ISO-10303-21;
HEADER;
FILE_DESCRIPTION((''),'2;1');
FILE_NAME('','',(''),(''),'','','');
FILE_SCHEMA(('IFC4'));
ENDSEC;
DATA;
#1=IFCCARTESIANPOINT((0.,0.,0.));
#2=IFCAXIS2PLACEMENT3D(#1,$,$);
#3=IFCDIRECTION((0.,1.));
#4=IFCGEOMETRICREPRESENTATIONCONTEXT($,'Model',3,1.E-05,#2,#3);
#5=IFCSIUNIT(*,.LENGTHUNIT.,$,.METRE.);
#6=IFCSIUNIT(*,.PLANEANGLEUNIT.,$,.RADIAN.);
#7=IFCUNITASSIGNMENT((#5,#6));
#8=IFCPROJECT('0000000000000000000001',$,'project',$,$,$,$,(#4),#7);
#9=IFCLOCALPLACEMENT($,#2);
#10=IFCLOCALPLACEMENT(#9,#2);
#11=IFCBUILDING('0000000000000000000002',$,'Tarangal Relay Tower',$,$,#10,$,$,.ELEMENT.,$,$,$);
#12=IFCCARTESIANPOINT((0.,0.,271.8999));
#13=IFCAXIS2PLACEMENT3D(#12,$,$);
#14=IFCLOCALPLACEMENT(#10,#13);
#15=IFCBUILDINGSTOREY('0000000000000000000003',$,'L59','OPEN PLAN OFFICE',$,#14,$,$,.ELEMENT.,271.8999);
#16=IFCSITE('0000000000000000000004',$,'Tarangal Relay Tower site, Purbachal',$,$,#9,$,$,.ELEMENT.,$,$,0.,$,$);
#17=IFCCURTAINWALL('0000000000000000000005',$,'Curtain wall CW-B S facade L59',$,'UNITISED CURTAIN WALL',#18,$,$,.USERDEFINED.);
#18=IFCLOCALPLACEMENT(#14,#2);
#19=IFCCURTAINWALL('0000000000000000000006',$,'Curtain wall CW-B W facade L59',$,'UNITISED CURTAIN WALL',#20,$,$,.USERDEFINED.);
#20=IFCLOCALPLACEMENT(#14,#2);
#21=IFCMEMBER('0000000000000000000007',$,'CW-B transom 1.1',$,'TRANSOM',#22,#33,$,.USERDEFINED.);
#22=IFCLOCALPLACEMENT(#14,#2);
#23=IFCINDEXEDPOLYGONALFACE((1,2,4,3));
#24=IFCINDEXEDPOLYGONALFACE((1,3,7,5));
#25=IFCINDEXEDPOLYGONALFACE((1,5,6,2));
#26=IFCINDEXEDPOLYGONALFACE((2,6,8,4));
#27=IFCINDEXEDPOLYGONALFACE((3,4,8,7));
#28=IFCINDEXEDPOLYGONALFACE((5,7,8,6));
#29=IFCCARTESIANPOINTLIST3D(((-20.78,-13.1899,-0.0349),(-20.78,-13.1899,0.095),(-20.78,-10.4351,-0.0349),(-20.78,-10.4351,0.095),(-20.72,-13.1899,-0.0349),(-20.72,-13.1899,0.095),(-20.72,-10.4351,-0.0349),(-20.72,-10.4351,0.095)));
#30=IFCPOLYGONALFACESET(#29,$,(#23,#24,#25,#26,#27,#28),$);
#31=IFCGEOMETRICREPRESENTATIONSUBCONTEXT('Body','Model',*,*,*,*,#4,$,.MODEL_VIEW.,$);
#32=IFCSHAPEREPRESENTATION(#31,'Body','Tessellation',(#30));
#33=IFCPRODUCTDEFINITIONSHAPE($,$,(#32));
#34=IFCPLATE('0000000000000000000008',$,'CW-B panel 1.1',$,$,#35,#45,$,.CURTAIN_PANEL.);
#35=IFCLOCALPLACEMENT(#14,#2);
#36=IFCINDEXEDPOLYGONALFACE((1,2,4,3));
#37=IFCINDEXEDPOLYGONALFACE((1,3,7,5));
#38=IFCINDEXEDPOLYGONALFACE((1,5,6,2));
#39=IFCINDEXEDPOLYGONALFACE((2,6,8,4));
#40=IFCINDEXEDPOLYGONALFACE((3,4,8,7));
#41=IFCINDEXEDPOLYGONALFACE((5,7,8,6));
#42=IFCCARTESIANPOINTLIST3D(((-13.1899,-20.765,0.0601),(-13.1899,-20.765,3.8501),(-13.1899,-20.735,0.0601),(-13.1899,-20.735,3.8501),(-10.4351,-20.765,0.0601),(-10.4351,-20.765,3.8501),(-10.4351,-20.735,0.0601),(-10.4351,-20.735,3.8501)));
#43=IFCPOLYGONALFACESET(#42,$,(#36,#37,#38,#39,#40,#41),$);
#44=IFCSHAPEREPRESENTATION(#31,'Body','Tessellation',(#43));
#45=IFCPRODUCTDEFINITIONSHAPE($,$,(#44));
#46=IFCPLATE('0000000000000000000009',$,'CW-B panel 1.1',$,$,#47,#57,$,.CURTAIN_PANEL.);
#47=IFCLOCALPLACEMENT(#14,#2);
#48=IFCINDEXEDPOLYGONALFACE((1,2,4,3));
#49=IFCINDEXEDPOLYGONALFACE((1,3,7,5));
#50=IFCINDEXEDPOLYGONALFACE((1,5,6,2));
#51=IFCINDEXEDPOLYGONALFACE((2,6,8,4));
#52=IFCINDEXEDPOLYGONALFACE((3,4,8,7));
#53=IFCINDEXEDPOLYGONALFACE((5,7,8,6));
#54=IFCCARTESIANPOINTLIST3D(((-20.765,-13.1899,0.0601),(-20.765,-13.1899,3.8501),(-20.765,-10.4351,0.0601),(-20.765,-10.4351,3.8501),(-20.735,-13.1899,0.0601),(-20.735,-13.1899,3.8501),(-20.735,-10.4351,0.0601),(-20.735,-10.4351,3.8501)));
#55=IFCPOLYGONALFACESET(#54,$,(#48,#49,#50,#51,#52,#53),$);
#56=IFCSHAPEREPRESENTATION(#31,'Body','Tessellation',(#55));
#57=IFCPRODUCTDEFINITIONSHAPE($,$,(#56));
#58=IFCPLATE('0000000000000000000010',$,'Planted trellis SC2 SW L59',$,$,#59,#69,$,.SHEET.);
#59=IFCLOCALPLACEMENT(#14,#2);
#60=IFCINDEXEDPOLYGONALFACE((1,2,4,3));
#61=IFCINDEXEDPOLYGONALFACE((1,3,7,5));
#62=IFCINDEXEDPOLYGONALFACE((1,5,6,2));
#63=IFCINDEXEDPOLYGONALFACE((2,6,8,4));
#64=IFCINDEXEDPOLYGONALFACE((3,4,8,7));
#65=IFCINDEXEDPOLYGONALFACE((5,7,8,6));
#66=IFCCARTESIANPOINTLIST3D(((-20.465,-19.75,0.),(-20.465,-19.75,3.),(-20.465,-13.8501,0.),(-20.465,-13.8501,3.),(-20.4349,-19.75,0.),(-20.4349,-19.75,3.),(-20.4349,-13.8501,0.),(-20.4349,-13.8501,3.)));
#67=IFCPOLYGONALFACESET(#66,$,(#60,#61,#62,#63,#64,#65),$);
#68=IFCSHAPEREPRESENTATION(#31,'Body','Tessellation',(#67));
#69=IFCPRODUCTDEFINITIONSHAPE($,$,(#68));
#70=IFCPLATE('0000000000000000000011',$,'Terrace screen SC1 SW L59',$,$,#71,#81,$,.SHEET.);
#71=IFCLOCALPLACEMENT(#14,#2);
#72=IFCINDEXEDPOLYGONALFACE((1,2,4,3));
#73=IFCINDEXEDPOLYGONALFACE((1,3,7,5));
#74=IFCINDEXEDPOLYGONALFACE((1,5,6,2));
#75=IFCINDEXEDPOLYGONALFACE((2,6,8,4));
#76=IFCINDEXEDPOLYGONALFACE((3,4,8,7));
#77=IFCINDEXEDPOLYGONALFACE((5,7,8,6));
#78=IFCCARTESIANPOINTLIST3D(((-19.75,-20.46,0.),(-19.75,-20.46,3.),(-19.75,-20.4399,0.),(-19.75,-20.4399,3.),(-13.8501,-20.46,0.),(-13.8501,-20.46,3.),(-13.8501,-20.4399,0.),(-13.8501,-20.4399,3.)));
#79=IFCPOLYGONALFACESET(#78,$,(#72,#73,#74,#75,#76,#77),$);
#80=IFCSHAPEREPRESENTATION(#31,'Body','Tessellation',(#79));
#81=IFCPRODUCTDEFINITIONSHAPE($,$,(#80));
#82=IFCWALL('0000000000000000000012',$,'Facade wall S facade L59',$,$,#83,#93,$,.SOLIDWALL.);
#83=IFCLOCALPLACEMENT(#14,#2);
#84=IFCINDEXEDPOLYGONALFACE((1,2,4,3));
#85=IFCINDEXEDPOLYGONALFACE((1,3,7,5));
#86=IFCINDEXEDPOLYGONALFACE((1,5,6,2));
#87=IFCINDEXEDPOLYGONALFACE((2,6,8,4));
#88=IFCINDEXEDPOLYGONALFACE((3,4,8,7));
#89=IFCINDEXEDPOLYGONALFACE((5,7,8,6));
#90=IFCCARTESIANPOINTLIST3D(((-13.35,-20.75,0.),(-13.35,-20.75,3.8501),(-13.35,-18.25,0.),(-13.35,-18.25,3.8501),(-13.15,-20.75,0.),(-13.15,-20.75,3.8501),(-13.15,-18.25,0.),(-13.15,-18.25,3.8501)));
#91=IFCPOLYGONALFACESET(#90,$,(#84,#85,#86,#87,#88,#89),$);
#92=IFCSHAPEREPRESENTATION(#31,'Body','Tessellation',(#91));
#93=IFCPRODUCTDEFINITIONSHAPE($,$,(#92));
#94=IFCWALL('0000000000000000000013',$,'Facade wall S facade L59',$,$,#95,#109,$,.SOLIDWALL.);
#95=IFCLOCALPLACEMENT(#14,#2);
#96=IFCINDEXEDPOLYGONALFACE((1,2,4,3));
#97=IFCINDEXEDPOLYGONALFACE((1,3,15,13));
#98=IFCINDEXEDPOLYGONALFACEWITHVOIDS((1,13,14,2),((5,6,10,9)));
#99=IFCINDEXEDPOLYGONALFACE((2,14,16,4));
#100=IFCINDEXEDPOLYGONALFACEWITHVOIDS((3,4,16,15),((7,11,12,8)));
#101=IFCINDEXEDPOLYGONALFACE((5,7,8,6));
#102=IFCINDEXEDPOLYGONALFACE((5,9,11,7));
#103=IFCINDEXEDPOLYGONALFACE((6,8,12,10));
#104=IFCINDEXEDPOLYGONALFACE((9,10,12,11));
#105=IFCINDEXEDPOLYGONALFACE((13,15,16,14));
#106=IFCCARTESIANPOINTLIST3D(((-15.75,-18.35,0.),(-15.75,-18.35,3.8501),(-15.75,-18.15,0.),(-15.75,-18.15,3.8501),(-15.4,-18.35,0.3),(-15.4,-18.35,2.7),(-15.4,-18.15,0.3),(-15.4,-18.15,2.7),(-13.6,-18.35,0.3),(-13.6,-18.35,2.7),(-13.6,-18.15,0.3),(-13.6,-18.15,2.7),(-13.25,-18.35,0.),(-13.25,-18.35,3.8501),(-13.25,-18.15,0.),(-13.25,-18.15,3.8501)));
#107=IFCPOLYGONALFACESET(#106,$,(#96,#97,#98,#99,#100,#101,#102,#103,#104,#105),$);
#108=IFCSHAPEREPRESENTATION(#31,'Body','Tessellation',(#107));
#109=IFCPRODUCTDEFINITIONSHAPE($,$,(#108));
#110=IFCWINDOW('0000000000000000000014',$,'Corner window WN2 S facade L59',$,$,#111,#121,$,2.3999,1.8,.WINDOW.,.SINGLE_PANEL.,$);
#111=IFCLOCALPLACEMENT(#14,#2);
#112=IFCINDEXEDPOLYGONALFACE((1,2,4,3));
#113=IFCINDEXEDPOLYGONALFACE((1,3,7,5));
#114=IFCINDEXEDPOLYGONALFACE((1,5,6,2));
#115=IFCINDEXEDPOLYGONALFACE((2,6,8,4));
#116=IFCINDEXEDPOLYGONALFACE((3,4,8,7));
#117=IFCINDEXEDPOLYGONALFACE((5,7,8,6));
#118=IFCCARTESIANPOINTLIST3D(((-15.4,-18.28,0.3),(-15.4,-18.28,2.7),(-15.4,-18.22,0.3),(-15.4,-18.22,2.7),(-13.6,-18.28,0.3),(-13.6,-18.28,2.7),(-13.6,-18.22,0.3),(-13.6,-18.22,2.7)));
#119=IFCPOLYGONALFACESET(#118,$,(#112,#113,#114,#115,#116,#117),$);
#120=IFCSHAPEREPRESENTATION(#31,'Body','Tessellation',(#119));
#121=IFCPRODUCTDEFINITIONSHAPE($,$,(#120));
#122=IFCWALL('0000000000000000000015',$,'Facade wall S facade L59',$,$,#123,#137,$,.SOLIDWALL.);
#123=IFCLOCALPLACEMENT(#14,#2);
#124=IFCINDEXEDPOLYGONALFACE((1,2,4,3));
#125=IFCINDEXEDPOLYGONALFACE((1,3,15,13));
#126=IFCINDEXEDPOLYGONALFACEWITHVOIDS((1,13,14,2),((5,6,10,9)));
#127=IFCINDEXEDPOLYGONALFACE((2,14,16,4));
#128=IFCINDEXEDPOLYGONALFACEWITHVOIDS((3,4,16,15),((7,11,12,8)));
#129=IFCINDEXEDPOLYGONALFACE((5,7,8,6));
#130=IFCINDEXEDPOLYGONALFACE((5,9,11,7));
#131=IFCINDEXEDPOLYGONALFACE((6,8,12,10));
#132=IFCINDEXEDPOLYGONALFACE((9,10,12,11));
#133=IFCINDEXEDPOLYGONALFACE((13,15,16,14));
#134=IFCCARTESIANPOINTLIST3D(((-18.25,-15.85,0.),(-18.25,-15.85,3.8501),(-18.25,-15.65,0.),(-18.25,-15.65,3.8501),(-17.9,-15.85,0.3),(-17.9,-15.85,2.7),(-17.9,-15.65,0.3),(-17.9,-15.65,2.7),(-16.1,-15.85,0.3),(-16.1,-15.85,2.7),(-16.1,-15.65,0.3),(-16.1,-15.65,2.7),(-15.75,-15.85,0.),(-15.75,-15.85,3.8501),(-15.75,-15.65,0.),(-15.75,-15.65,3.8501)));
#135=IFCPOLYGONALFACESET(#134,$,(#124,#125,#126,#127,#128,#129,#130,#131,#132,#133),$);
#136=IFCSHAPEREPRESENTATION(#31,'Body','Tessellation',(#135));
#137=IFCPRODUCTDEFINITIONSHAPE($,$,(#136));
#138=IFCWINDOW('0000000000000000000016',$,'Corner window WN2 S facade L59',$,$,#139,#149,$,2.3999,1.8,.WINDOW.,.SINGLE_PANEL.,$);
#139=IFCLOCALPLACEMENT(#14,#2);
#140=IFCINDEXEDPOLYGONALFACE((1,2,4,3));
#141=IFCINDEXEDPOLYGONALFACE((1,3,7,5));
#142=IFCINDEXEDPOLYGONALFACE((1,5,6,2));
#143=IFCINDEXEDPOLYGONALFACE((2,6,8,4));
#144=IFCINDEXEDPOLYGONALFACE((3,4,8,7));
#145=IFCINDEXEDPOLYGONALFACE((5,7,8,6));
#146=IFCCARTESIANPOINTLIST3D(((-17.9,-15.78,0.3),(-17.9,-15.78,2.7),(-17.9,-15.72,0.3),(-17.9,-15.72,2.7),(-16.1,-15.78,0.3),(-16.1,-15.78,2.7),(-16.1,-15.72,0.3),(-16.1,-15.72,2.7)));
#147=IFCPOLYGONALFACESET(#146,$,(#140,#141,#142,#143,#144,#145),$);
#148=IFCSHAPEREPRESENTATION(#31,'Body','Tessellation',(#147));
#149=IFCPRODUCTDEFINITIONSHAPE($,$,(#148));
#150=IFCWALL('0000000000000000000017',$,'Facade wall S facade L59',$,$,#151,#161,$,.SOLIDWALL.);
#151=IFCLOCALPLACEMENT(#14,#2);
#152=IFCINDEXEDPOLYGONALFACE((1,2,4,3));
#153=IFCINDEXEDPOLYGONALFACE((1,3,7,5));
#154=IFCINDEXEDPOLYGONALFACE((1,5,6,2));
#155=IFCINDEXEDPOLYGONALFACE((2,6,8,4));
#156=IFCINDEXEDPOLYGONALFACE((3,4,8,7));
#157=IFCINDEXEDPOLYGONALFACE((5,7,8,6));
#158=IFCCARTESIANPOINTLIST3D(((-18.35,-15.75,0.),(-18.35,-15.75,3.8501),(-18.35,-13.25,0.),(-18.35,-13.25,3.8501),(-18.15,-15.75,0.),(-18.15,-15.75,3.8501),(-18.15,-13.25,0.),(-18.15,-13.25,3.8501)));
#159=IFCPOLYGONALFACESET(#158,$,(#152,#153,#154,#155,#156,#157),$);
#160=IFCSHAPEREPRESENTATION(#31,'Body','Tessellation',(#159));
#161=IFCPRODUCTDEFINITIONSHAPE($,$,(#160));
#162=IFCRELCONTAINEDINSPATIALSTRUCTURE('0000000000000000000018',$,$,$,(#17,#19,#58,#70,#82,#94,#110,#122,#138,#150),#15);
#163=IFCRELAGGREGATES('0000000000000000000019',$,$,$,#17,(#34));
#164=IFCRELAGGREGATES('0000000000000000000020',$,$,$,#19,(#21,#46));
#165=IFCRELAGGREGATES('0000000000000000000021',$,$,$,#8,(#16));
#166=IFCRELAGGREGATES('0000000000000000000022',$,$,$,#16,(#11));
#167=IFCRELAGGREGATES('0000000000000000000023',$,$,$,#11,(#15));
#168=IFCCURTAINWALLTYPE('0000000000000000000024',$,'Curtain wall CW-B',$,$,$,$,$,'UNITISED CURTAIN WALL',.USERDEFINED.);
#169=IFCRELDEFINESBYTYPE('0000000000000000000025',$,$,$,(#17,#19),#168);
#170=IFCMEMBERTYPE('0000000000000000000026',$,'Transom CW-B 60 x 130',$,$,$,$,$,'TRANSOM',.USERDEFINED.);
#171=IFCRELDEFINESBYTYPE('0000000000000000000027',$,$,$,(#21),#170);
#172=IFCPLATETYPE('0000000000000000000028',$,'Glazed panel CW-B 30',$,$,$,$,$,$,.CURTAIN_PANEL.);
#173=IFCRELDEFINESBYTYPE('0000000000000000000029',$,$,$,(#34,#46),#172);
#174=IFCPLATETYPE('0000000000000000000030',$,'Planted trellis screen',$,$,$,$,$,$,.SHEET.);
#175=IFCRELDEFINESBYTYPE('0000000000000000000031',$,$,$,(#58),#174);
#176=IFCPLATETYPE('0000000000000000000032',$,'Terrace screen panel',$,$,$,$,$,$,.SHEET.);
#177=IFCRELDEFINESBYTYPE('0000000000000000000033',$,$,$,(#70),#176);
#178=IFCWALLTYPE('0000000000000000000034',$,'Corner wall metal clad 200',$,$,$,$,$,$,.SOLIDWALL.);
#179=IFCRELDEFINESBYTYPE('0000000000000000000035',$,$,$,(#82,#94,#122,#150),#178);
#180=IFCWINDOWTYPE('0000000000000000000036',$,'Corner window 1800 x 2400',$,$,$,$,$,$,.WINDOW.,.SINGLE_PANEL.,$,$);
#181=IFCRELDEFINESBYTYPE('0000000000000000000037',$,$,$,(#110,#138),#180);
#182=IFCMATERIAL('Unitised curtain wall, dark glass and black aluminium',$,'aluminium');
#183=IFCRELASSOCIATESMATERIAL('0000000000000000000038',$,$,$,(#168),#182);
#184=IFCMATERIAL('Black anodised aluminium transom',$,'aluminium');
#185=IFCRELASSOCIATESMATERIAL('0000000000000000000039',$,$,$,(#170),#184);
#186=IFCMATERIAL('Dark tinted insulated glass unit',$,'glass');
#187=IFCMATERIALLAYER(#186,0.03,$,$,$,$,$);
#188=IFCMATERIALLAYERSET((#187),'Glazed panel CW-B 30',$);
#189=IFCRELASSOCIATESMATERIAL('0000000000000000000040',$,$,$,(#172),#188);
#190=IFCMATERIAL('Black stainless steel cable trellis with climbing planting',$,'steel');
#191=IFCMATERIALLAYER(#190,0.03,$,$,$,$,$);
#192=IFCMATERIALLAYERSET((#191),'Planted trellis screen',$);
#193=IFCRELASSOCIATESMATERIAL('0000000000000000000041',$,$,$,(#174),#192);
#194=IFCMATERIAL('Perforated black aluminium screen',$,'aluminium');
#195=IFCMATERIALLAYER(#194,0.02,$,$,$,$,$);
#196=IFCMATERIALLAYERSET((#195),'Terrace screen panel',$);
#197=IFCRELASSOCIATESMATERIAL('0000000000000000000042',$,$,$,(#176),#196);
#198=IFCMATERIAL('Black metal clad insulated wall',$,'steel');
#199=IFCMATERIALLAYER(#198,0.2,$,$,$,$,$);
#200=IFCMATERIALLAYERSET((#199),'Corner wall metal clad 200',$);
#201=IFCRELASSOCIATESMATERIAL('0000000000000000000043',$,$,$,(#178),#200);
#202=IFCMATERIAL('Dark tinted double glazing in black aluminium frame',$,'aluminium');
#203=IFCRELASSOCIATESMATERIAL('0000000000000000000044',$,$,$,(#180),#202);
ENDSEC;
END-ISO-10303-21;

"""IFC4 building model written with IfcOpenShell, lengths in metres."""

from ifc_helpers import new_model, si_unit, direction, frame, frame_2d, origin, origin_2d, place, context, subcontext, project, spatial, rectangle, extrude, material, layer, layer_set, material_profile, profile_set, type_object, element, fill, aggregate, save


model = new_model("IFC4")

# Units and contexts
model_context = context("Model", 3, precision=1e-05, world=origin(), true_north=direction((0.0, 1.0)))
body_context = subcontext(model_context, "Body", "Model", "MODEL_VIEW")
ifc_project = project(units=[si_unit("LENGTHUNIT", "METRE"), si_unit("PLANEANGLEUNIT", "RADIAN")], contexts=[model_context])

# Site, building, storey
site_placement = place(None, origin())
site = spatial("IfcSite", under=ifc_project, at=site_placement, Name="Tarangal Relay Tower site, Purbachal", CompositionType="ELEMENT", RefElevation=0.0)
building_placement = place(site_placement, origin())
building = spatial("IfcBuilding", under=site, at=building_placement, Name="Tarangal Relay Tower", CompositionType="ELEMENT")
storey_placement = place(building_placement, frame((0.0, 0.0, 271.8999)))
storey = spatial("IfcBuildingStorey", under=building, at=storey_placement, Name="L59", Description="OPEN PLAN OFFICE", CompositionType="ELEMENT", Elevation=271.8999)

# Curtain wall
ifc_material_1 = material(Name="Unitised curtain wall, dark glass and black aluminium", Category="aluminium")
curtain_wall_type_1 = type_object("IfcCurtainWallType", Name="Curtain wall CW-B", ElementType="UNITISED CURTAIN WALL", PredefinedType="USERDEFINED", material=ifc_material_1)
curtain_wall_1_placement = place(storey_placement, origin())
curtain_wall_1 = element("IfcCurtainWall", 1, at=curtain_wall_1_placement, inside=storey, type_object=curtain_wall_type_1, Name="Curtain wall CW-B S facade L59", ObjectType="UNITISED CURTAIN WALL", PredefinedType="USERDEFINED")

# Curtain wall
curtain_wall_2_placement = place(storey_placement, origin())
curtain_wall_2 = element("IfcCurtainWall", 2, at=curtain_wall_2_placement, inside=storey, type_object=curtain_wall_type_1, Name="Curtain wall CW-B W facade L59", ObjectType="UNITISED CURTAIN WALL", PredefinedType="USERDEFINED")

# Member
ifc_material_2 = material(Name="Black anodised aluminium transom", Category="aluminium")
ifc_material_profile_1 = material_profile(ifc_material_2, rectangle(XDim=0.0601, YDim=0.1299, at=origin_2d()), Name="CW-BT 60X130")
ifc_profile_set_1 = profile_set([ifc_material_profile_1], Name="Black anodised aluminium transom")
member_type_1 = type_object("IfcMemberType", Name="Transom CW-B 60 x 130", ElementType="TRANSOM", PredefinedType="USERDEFINED", material=ifc_profile_set_1)
member_1_placement = place(storey_placement, frame((-20.75, -13.1899, 0.03), z_axis=(0.0, 1.0, 0.0), x_axis=(-1.0, 0.0, 0.0)))
member_1 = element("IfcMember", 3, at=member_1_placement, type_object=member_type_1, Name="CW-B transom 1.1", ObjectType="TRANSOM", PredefinedType="USERDEFINED", context=body_context, shape_type="SweptSolid", body=[
    extrude(rectangle(XDim=0.0601, YDim=0.1299, at=origin_2d()), origin(), (0.0, 0.0, 1.0), 2.7549),
])

# Plates
ifc_material_3 = material(Name="Dark tinted insulated glass unit", Category="glass")
ifc_layer_1 = layer(ifc_material_3, 0.03)
ifc_layer_set_1 = layer_set([ifc_layer_1], Name="Glazed panel CW-B 30")
plate_type_1 = type_object("IfcPlateType", Name="Glazed panel CW-B 30", PredefinedType="CURTAIN_PANEL", material=ifc_layer_set_1)
plate_1_placement = place(storey_placement, frame((-11.8125, -20.75, 0.0601), z_axis=(0.0, 0.0, 1.0), x_axis=(-1.0, 0.0, 0.0)))
plate_1 = element("IfcPlate", 4, at=plate_1_placement, type_object=plate_type_1, Name="CW-B panel 1.1", PredefinedType="CURTAIN_PANEL", context=body_context, shape_type="SweptSolid", body=[
    extrude(rectangle(XDim=2.7549, YDim=0.03, at=origin_2d()), origin(), (0.0, 0.0, 1.0), 3.79),
])
aggregate(curtain_wall_1, [plate_1])
plate_2_placement = place(storey_placement, frame((-20.75, -11.8125, 0.0601), z_axis=(0.0, 0.0, 1.0), x_axis=(0.0, 1.0, 0.0)))
plate_2 = element("IfcPlate", 5, at=plate_2_placement, type_object=plate_type_1, Name="CW-B panel 1.1", PredefinedType="CURTAIN_PANEL", context=body_context, shape_type="SweptSolid", body=[
    extrude(rectangle(XDim=2.7549, YDim=0.03, at=origin_2d()), origin(), (0.0, 0.0, 1.0), 3.79),
])
aggregate(curtain_wall_2, [member_1, plate_2])

# Plates
ifc_material_4 = material(Name="Black stainless steel cable trellis with climbing planting", Category="steel")
ifc_layer_2 = layer(ifc_material_4, 0.03)
ifc_layer_set_2 = layer_set([ifc_layer_2], Name="Planted trellis screen")
plate_type_2 = type_object("IfcPlateType", Name="Planted trellis screen", PredefinedType="SHEET", material=ifc_layer_set_2)
plate_3_placement = place(storey_placement, frame((-20.45, -16.8, 0.0), z_axis=(0.0, 0.0, 1.0), x_axis=(0.0, 1.0, 0.0)))
element("IfcPlate", 6, at=plate_3_placement, inside=storey, type_object=plate_type_2, Name="Planted trellis SC2 SW L59", PredefinedType="SHEET", context=body_context, shape_type="SweptSolid", body=[
    extrude(rectangle(XDim=5.8999, YDim=0.03, at=origin_2d()), origin(), (0.0, 0.0, 1.0), 3.0),
])
ifc_material_5 = material(Name="Perforated black aluminium screen", Category="aluminium")
ifc_layer_3 = layer(ifc_material_5, 0.02)
ifc_layer_set_3 = layer_set([ifc_layer_3], Name="Terrace screen panel")
plate_type_3 = type_object("IfcPlateType", Name="Terrace screen panel", PredefinedType="SHEET", material=ifc_layer_set_3)
plate_4_placement = place(storey_placement, frame((-16.8, -20.45, 0.0), z_axis=(0.0, 0.0, 1.0), x_axis=(-1.0, 0.0, 0.0)))
element("IfcPlate", 7, at=plate_4_placement, inside=storey, type_object=plate_type_3, Name="Terrace screen SC1 SW L59", PredefinedType="SHEET", context=body_context, shape_type="SweptSolid", body=[
    extrude(rectangle(XDim=5.8999, YDim=0.02, at=origin_2d()), origin(), (0.0, 0.0, 1.0), 3.0),
])

# Wall
ifc_material_6 = material(Name="Black metal clad insulated wall", Category="steel")
ifc_layer_4 = layer(ifc_material_6, 0.2)
ifc_layer_set_4 = layer_set([ifc_layer_4], Name="Corner wall metal clad 200")
wall_type_1 = type_object("IfcWallType", Name="Corner wall metal clad 200", PredefinedType="SOLIDWALL", material=ifc_layer_set_4)
wall_1_placement = place(storey_placement, frame((-13.25, -20.75, 0.0), z_axis=(0.0, 0.0, 1.0), x_axis=(0.0, 1.0, 0.0)))
element("IfcWall", 8, at=wall_1_placement, inside=storey, type_object=wall_type_1, Name="Facade wall S facade L59", PredefinedType="SOLIDWALL", context=body_context, shape_type="SweptSolid", body=[
    extrude(rectangle(XDim=2.5, YDim=0.2, at=frame_2d((1.25, 0.0))), origin(), (0.0, 0.0, 1.0), 3.8501),
])

# Wall, opening, window
wall_2_placement = place(storey_placement, frame((-13.25, -18.25, 0.0), z_axis=(0.0, 0.0, 1.0), x_axis=(-1.0, 0.0, 0.0)))
wall_2 = element("IfcWall", 9, at=wall_2_placement, inside=storey, type_object=wall_type_1, Name="Facade wall S facade L59", PredefinedType="SOLIDWALL", context=body_context, shape_type="SweptSolid", body=[
    extrude(rectangle(XDim=2.5, YDim=0.2, at=frame_2d((1.25, 0.0))), origin(), (0.0, 0.0, 1.0), 3.8501),
])
opening_1_placement = place(wall_2_placement, frame((0.3501, 0.0, 0.3)))
opening_1 = element("IfcOpeningElement", 10, at=opening_1_placement, cuts=wall_2, PredefinedType="OPENING", context=body_context, shape_type="SweptSolid", body=[
    extrude(rectangle(XDim=1.8, YDim=2.3999, at=frame_2d((0.8999, 1.2))), frame((0.0, 0.1099, 0.0), z_axis=(0.0, -1.0, 0.0), x_axis=(1.0, 0.0, 0.0)), (0.0, 0.0, 1.0), 0.22),
])
ifc_material_7 = material(Name="Dark tinted double glazing in black aluminium frame", Category="aluminium")
window_type = type_object("IfcWindowType", Name="Corner window 1800 x 2400", PartitioningType="SINGLE_PANEL", PredefinedType="WINDOW", material=ifc_material_7)
window_1_placement = place(opening_1_placement, origin())
window_1 = element("IfcWindow", 11, at=window_1_placement, inside=storey, type_object=window_type, Name="Corner window WN2 S facade L59", OverallHeight=2.3999, OverallWidth=1.8, PartitioningType="SINGLE_PANEL", PredefinedType="WINDOW", context=body_context, shape_type="SweptSolid", body=[
    extrude(rectangle(XDim=1.8, YDim=2.3999, at=frame_2d((0.8999, 1.2))), frame((0.0, 0.03, 0.0), z_axis=(0.0, -1.0, 0.0), x_axis=(1.0, 0.0, 0.0)), (0.0, 0.0, 1.0), 0.0601),
])
fill(opening_1, window_1)

# Wall, opening, window
wall_3_placement = place(storey_placement, frame((-15.75, -15.75, 0.0), z_axis=(0.0, 0.0, 1.0), x_axis=(-1.0, 0.0, 0.0)))
wall_3 = element("IfcWall", 12, at=wall_3_placement, inside=storey, type_object=wall_type_1, Name="Facade wall S facade L59", PredefinedType="SOLIDWALL", context=body_context, shape_type="SweptSolid", body=[
    extrude(rectangle(XDim=2.5, YDim=0.2, at=frame_2d((1.25, 0.0))), origin(), (0.0, 0.0, 1.0), 3.8501),
])
opening_2_placement = place(wall_3_placement, frame((0.3501, 0.0, 0.3)))
opening_2 = element("IfcOpeningElement", 13, at=opening_2_placement, cuts=wall_3, PredefinedType="OPENING", context=body_context, shape_type="SweptSolid", body=[
    extrude(rectangle(XDim=1.8, YDim=2.3999, at=frame_2d((0.8999, 1.2))), frame((0.0, 0.1099, 0.0), z_axis=(0.0, -1.0, 0.0), x_axis=(1.0, 0.0, 0.0)), (0.0, 0.0, 1.0), 0.22),
])
window_2_placement = place(opening_2_placement, origin())
window_2 = element("IfcWindow", 14, at=window_2_placement, inside=storey, type_object=window_type, Name="Corner window WN2 S facade L59", OverallHeight=2.3999, OverallWidth=1.8, PartitioningType="SINGLE_PANEL", PredefinedType="WINDOW", context=body_context, shape_type="SweptSolid", body=[
    extrude(rectangle(XDim=1.8, YDim=2.3999, at=frame_2d((0.8999, 1.2))), frame((0.0, 0.03, 0.0), z_axis=(0.0, -1.0, 0.0), x_axis=(1.0, 0.0, 0.0)), (0.0, 0.0, 1.0), 0.0601),
])
fill(opening_2, window_2)

# Wall
wall_4_placement = place(storey_placement, frame((-18.25, -15.75, 0.0), z_axis=(0.0, 0.0, 1.0), x_axis=(0.0, 1.0, 0.0)))
element("IfcWall", 15, at=wall_4_placement, inside=storey, type_object=wall_type_1, Name="Facade wall S facade L59", PredefinedType="SOLIDWALL", context=body_context, shape_type="SweptSolid", body=[
    extrude(rectangle(XDim=2.5, YDim=0.2, at=frame_2d((1.25, 0.0))), origin(), (0.0, 0.0, 1.0), 3.8501),
])

save(model, "model.ifc")
